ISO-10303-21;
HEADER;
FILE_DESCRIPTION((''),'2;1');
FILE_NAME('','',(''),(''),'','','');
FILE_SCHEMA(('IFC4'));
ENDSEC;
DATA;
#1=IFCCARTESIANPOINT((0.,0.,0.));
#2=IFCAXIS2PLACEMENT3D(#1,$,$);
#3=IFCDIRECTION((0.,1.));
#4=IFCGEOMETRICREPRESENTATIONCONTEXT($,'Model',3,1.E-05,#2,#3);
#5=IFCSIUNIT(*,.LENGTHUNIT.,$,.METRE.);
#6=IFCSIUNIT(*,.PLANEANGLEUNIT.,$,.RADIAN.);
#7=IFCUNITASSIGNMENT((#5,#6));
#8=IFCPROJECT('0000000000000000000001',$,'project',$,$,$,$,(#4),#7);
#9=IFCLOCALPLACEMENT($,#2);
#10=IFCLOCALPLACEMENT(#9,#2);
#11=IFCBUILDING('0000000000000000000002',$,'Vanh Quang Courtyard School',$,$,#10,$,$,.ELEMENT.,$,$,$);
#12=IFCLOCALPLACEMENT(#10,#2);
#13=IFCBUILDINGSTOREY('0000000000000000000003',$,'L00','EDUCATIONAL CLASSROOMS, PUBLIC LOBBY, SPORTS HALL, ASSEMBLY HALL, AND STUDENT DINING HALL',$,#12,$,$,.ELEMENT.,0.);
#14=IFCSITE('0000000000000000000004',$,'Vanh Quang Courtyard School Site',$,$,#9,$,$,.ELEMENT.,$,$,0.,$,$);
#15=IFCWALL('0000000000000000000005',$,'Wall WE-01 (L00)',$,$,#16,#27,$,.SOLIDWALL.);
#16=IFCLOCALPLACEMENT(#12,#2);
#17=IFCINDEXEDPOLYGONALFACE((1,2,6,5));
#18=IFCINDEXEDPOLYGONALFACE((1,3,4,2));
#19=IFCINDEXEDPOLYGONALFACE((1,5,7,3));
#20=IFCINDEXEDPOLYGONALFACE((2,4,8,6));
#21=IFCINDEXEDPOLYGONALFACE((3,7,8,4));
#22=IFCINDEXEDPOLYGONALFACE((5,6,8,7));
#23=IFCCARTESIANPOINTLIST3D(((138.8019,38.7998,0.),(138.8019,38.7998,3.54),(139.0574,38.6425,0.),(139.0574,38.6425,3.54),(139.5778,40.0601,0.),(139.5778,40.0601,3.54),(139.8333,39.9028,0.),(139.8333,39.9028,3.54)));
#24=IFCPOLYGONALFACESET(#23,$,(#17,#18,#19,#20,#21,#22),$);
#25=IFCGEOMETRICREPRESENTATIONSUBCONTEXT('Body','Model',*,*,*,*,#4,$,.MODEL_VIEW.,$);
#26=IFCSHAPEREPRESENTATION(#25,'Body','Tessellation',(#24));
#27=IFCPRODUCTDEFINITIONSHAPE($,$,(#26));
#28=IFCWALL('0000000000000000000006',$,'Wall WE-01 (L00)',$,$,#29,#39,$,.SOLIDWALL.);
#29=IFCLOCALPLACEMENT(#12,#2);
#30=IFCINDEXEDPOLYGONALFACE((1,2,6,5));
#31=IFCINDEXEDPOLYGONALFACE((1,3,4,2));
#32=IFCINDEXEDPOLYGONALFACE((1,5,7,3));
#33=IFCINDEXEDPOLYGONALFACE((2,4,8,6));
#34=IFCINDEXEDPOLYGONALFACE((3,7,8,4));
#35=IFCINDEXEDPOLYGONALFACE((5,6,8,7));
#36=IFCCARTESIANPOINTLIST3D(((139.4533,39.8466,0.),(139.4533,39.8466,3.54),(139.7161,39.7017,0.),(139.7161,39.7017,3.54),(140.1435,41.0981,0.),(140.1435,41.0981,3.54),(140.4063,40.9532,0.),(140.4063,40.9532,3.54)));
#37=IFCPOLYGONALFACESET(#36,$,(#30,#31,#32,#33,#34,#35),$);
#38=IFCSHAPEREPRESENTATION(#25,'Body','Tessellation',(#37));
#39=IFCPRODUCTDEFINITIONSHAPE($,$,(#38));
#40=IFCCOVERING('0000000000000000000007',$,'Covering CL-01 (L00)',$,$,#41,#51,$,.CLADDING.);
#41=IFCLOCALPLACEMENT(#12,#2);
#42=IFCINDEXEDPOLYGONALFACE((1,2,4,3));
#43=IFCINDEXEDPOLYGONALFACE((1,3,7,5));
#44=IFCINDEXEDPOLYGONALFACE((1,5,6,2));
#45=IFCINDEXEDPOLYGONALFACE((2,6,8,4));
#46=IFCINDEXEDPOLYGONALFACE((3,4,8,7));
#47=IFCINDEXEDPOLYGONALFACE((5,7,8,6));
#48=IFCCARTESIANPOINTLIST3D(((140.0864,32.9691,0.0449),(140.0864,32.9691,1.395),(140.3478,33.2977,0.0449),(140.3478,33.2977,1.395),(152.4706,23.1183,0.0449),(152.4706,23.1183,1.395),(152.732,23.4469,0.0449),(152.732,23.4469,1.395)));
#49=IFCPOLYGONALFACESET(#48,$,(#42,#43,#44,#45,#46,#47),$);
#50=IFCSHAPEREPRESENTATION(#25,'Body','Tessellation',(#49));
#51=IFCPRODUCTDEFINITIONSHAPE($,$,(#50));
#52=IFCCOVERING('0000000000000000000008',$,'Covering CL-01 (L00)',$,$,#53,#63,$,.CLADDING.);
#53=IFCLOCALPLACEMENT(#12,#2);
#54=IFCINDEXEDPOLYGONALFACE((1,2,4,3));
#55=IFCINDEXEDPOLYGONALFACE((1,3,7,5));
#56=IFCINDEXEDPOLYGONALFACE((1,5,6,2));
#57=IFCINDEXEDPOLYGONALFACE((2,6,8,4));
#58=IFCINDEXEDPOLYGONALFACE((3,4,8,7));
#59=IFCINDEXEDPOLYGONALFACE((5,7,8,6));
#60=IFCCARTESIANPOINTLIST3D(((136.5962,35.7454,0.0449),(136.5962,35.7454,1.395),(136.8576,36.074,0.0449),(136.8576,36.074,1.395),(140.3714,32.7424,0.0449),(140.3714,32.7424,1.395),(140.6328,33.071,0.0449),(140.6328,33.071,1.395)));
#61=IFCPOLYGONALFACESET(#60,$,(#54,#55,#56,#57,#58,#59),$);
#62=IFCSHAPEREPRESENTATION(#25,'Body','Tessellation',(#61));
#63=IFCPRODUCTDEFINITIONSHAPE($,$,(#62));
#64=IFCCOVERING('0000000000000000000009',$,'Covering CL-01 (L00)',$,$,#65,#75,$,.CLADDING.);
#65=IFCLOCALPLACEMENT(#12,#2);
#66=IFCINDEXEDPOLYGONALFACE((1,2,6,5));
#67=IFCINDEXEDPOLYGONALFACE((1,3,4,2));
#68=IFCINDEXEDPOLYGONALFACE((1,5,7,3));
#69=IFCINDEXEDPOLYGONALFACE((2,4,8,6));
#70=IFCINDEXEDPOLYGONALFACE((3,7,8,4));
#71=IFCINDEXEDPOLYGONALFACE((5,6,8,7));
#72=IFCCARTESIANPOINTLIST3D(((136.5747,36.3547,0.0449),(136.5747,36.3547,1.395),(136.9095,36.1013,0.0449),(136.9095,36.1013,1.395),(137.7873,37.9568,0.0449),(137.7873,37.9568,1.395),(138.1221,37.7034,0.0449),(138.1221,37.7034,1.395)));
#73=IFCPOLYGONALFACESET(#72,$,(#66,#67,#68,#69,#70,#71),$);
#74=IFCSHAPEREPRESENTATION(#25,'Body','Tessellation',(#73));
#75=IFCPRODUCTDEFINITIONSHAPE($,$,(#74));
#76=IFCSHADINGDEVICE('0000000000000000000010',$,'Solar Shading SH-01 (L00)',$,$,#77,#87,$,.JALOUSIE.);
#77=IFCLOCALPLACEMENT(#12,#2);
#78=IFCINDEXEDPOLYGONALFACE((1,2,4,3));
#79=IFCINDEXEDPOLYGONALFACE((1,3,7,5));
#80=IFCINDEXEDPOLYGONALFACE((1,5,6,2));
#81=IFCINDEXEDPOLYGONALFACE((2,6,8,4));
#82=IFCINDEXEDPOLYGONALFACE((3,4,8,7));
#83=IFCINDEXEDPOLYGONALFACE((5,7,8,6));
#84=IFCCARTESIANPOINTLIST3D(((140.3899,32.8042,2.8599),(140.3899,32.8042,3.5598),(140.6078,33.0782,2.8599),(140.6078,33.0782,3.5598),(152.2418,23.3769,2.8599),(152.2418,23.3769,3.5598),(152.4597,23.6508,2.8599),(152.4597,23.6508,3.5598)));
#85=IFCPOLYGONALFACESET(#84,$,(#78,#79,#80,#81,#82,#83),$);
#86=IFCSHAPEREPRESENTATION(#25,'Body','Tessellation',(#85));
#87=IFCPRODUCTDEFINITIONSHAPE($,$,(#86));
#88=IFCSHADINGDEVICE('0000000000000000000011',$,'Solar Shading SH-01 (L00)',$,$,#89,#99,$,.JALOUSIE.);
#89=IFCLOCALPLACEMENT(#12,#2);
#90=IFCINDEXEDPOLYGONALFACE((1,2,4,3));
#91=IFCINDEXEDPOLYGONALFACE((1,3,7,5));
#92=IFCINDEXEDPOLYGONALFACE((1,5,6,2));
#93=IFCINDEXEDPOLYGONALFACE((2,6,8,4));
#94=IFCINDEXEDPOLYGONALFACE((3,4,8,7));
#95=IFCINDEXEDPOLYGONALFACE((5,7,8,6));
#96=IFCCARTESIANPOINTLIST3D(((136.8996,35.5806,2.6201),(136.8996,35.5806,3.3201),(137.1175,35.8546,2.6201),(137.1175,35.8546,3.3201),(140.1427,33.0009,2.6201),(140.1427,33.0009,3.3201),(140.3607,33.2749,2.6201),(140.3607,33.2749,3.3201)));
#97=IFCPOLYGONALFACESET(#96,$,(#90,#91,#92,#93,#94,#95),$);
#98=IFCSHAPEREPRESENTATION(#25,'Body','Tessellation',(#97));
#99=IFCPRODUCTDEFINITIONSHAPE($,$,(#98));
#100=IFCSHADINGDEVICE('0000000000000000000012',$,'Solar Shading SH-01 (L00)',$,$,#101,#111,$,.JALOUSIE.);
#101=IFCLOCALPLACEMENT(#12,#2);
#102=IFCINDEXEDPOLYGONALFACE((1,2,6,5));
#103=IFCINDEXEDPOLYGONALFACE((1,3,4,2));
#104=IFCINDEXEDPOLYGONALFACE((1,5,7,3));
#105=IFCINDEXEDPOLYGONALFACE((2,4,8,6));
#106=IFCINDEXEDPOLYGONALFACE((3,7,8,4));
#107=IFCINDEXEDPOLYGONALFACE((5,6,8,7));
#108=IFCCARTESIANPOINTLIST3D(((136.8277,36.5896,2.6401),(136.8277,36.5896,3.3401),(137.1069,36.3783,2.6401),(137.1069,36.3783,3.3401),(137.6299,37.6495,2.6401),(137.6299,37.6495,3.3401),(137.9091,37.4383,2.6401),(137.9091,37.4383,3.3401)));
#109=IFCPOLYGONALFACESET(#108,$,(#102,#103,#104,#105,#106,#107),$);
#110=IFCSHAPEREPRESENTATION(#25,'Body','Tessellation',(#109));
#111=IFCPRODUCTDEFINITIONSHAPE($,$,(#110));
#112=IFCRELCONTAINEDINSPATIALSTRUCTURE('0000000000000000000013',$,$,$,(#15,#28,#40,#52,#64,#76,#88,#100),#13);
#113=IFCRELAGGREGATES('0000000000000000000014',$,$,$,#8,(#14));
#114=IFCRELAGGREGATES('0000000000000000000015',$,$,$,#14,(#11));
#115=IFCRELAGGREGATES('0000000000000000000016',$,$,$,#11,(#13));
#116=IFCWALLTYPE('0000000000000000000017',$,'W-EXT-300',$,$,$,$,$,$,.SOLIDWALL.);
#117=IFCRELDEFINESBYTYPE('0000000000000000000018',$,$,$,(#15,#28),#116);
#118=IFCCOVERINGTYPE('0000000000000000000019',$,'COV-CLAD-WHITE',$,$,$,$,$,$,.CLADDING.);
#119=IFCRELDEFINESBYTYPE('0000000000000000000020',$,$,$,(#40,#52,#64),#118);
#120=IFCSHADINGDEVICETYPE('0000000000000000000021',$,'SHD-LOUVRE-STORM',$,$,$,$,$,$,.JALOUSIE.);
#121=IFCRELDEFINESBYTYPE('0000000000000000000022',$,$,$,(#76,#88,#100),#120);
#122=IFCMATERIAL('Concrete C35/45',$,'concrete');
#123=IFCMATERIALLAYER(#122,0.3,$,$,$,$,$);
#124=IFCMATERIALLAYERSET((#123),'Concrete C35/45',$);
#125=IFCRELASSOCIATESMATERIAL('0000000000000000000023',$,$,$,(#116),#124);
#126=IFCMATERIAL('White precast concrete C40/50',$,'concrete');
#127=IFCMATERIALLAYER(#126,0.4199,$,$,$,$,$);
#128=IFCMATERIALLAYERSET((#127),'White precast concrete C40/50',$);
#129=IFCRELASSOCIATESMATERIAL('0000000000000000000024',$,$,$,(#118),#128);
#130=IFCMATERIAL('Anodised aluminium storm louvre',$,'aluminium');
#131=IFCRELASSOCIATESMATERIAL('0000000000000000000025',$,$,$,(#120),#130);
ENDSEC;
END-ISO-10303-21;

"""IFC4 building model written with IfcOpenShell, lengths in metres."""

from ifc_helpers import new_model, si_unit, direction, frame, frame_2d, origin, origin_2d, place, context, subcontext, project, spatial, rectangle, extrude, material, layer, layer_set, type_object, element, save


model = new_model("IFC4")

# Units and contexts
model_context = context("Model", 3, precision=1e-05, world=origin(), true_north=direction((0.0, 1.0)))
body_context = subcontext(model_context, "Body", "Model", "MODEL_VIEW")
ifc_project = project(units=[si_unit("LENGTHUNIT", "METRE"), si_unit("PLANEANGLEUNIT", "RADIAN")], contexts=[model_context])

# Site, building, storey
site_placement = place(None, origin())
site = spatial("IfcSite", under=ifc_project, at=site_placement, Name="Vanh Quang Courtyard School Site", CompositionType="ELEMENT", RefElevation=0.0)
building_placement = place(site_placement, origin())
building = spatial("IfcBuilding", under=site, at=building_placement, Name="Vanh Quang Courtyard School", CompositionType="ELEMENT")
storey_placement = place(building_placement, origin())
storey = spatial("IfcBuildingStorey", under=building, at=storey_placement, Name="L00", Description="EDUCATIONAL CLASSROOMS, PUBLIC LOBBY, SPORTS HALL, ASSEMBLY HALL, AND STUDENT DINING HALL", CompositionType="ELEMENT", Elevation=0.0)

# Shared definitions
ifc_material_1 = material(Name="Concrete C35/45", Category="concrete")

# Walls
ifc_layer_1 = layer(ifc_material_1, 0.3)
ifc_layer_set_1 = layer_set([ifc_layer_1], Name="Concrete C35/45")
wall_type_1 = type_object("IfcWallType", Name="W-EXT-300", PredefinedType="SOLIDWALL", material=ifc_layer_set_1)
for number, where, z_axis, x_axis, name in (
    (1, (138.9297, 38.7212, 0.0), (0.0, 0.0, 1.0), (0.524263, 0.851556, 0.0), "Wall WE-01 (L00)"),
):
    element("IfcWall", number, at=place(storey_placement, frame(where, z_axis=z_axis, x_axis=x_axis)), inside=storey, type_object=wall_type_1, Name=name, PredefinedType="SOLIDWALL", context=body_context, shape_type="SweptSolid", body=[
        extrude(rectangle(XDim=1.48, YDim=0.3, at=frame_2d((0.74, 0.0))), origin(), (0.0, 0.0, 1.0), 3.54),
    ])
wall_1_placement = place(storey_placement, frame((139.5847, 39.7742, 0.0), z_axis=(0.0, 0.0, 1.0), x_axis=(0.482928, 0.87566, 0.0)))
element("IfcWall", 2, at=wall_1_placement, inside=storey, type_object=wall_type_1, Name="Wall WE-01 (L00)", PredefinedType="SOLIDWALL", context=body_context, shape_type="SweptSolid", body=[
    extrude(rectangle(XDim=1.4292, YDim=0.3, at=frame_2d((0.7146, 0.0))), origin(), (0.0, 0.0, 1.0), 3.54),
])

# Coverings
ifc_material_2 = material(Name="White precast concrete C40/50", Category="concrete")
ifc_layer_2 = layer(ifc_material_2, 0.4199)
ifc_layer_set_2 = layer_set([ifc_layer_2], Name="White precast concrete C40/50")
covering_type = type_object("IfcCoveringType", Name="COV-CLAD-WHITE", PredefinedType="CLADDING", material=ifc_layer_set_2)
covering_1_placement = place(storey_placement, frame((146.4092, 28.208, 0.0449), z_axis=(0.0, 0.0, 1.0), x_axis=(-0.782608, 0.622515, 0.0)))
element("IfcCovering", 3, at=covering_1_placement, inside=storey, type_object=covering_type, Name="Covering CL-01 (L00)", PredefinedType="CLADDING", context=body_context, shape_type="SweptSolid", body=[
    extrude(rectangle(XDim=15.8242, YDim=0.4199, at=origin_2d()), origin(), (0.0, 0.0, 1.0), 1.3501),
])
covering_2_placement = place(storey_placement, frame((138.6145, 34.4082, 0.0449), z_axis=(0.0, 0.0, 1.0), x_axis=(-0.782608, 0.622515, 0.0)))
element("IfcCovering", 4, at=covering_2_placement, inside=storey, type_object=covering_type, Name="Covering CL-01 (L00)", PredefinedType="CLADDING", context=body_context, shape_type="SweptSolid", body=[
    extrude(rectangle(XDim=4.824, YDim=0.4199, at=origin_2d()), origin(), (0.0, 0.0, 1.0), 1.3501),
])
covering_3_placement = place(storey_placement, frame((137.3484, 37.0291, 0.0449), z_axis=(0.0, 0.0, 1.0), x_axis=(0.603486, 0.797373, 0.0)))
element("IfcCovering", 5, at=covering_3_placement, inside=storey, type_object=covering_type, Name="Covering CL-01 (L00)", PredefinedType="CLADDING", context=body_context, shape_type="SweptSolid", body=[
    extrude(rectangle(XDim=2.0093, YDim=0.4199, at=origin_2d()), origin(), (0.0, 0.0, 1.0), 1.3501),
])

# Shading devices
ifc_material_3 = material(Name="Anodised aluminium storm louvre", Category="aluminium")
shading_device_type = type_object("IfcShadingDeviceType", Name="SHD-LOUVRE-STORM", PredefinedType="JALOUSIE", material=ifc_material_3)
shading_device_1_placement = place(storey_placement, frame((146.4248, 28.2275, 2.8599), z_axis=(0.0, 0.0, 1.0), x_axis=(-0.782608, 0.622515, 0.0)))
element("IfcShadingDevice", 6, at=shading_device_1_placement, inside=storey, type_object=shading_device_type, Name="Solar Shading SH-01 (L00)", PredefinedType="JALOUSIE", context=body_context, shape_type="SweptSolid", body=[
    extrude(rectangle(XDim=15.144, YDim=0.3501, at=origin_2d()), origin(), (0.0, 0.0, 1.0), 0.7),
])
shading_device_2_placement = place(storey_placement, frame((138.6301, 34.4277, 2.6201), z_axis=(0.0, 0.0, 1.0), x_axis=(-0.782608, 0.622515, 0.0)))
element("IfcShadingDevice", 7, at=shading_device_2_placement, inside=storey, type_object=shading_device_type, Name="Solar Shading SH-01 (L00)", PredefinedType="JALOUSIE", context=body_context, shape_type="SweptSolid", body=[
    extrude(rectangle(XDim=4.144, YDim=0.3501, at=origin_2d()), origin(), (0.0, 0.0, 1.0), 0.7),
])
shading_device_3_placement = place(storey_placement, frame((137.3684, 37.0139, 2.6401), z_axis=(0.0, 0.0, 1.0), x_axis=(0.603486, 0.797373, 0.0)))
element("IfcShadingDevice", 8, at=shading_device_3_placement, inside=storey, type_object=shading_device_type, Name="Solar Shading SH-01 (L00)", PredefinedType="JALOUSIE", context=body_context, shape_type="SweptSolid", body=[
    extrude(rectangle(XDim=1.3293, YDim=0.3501, at=origin_2d()), origin(), (0.0, 0.0, 1.0), 0.7),
])

save(model, "model.ifc")
